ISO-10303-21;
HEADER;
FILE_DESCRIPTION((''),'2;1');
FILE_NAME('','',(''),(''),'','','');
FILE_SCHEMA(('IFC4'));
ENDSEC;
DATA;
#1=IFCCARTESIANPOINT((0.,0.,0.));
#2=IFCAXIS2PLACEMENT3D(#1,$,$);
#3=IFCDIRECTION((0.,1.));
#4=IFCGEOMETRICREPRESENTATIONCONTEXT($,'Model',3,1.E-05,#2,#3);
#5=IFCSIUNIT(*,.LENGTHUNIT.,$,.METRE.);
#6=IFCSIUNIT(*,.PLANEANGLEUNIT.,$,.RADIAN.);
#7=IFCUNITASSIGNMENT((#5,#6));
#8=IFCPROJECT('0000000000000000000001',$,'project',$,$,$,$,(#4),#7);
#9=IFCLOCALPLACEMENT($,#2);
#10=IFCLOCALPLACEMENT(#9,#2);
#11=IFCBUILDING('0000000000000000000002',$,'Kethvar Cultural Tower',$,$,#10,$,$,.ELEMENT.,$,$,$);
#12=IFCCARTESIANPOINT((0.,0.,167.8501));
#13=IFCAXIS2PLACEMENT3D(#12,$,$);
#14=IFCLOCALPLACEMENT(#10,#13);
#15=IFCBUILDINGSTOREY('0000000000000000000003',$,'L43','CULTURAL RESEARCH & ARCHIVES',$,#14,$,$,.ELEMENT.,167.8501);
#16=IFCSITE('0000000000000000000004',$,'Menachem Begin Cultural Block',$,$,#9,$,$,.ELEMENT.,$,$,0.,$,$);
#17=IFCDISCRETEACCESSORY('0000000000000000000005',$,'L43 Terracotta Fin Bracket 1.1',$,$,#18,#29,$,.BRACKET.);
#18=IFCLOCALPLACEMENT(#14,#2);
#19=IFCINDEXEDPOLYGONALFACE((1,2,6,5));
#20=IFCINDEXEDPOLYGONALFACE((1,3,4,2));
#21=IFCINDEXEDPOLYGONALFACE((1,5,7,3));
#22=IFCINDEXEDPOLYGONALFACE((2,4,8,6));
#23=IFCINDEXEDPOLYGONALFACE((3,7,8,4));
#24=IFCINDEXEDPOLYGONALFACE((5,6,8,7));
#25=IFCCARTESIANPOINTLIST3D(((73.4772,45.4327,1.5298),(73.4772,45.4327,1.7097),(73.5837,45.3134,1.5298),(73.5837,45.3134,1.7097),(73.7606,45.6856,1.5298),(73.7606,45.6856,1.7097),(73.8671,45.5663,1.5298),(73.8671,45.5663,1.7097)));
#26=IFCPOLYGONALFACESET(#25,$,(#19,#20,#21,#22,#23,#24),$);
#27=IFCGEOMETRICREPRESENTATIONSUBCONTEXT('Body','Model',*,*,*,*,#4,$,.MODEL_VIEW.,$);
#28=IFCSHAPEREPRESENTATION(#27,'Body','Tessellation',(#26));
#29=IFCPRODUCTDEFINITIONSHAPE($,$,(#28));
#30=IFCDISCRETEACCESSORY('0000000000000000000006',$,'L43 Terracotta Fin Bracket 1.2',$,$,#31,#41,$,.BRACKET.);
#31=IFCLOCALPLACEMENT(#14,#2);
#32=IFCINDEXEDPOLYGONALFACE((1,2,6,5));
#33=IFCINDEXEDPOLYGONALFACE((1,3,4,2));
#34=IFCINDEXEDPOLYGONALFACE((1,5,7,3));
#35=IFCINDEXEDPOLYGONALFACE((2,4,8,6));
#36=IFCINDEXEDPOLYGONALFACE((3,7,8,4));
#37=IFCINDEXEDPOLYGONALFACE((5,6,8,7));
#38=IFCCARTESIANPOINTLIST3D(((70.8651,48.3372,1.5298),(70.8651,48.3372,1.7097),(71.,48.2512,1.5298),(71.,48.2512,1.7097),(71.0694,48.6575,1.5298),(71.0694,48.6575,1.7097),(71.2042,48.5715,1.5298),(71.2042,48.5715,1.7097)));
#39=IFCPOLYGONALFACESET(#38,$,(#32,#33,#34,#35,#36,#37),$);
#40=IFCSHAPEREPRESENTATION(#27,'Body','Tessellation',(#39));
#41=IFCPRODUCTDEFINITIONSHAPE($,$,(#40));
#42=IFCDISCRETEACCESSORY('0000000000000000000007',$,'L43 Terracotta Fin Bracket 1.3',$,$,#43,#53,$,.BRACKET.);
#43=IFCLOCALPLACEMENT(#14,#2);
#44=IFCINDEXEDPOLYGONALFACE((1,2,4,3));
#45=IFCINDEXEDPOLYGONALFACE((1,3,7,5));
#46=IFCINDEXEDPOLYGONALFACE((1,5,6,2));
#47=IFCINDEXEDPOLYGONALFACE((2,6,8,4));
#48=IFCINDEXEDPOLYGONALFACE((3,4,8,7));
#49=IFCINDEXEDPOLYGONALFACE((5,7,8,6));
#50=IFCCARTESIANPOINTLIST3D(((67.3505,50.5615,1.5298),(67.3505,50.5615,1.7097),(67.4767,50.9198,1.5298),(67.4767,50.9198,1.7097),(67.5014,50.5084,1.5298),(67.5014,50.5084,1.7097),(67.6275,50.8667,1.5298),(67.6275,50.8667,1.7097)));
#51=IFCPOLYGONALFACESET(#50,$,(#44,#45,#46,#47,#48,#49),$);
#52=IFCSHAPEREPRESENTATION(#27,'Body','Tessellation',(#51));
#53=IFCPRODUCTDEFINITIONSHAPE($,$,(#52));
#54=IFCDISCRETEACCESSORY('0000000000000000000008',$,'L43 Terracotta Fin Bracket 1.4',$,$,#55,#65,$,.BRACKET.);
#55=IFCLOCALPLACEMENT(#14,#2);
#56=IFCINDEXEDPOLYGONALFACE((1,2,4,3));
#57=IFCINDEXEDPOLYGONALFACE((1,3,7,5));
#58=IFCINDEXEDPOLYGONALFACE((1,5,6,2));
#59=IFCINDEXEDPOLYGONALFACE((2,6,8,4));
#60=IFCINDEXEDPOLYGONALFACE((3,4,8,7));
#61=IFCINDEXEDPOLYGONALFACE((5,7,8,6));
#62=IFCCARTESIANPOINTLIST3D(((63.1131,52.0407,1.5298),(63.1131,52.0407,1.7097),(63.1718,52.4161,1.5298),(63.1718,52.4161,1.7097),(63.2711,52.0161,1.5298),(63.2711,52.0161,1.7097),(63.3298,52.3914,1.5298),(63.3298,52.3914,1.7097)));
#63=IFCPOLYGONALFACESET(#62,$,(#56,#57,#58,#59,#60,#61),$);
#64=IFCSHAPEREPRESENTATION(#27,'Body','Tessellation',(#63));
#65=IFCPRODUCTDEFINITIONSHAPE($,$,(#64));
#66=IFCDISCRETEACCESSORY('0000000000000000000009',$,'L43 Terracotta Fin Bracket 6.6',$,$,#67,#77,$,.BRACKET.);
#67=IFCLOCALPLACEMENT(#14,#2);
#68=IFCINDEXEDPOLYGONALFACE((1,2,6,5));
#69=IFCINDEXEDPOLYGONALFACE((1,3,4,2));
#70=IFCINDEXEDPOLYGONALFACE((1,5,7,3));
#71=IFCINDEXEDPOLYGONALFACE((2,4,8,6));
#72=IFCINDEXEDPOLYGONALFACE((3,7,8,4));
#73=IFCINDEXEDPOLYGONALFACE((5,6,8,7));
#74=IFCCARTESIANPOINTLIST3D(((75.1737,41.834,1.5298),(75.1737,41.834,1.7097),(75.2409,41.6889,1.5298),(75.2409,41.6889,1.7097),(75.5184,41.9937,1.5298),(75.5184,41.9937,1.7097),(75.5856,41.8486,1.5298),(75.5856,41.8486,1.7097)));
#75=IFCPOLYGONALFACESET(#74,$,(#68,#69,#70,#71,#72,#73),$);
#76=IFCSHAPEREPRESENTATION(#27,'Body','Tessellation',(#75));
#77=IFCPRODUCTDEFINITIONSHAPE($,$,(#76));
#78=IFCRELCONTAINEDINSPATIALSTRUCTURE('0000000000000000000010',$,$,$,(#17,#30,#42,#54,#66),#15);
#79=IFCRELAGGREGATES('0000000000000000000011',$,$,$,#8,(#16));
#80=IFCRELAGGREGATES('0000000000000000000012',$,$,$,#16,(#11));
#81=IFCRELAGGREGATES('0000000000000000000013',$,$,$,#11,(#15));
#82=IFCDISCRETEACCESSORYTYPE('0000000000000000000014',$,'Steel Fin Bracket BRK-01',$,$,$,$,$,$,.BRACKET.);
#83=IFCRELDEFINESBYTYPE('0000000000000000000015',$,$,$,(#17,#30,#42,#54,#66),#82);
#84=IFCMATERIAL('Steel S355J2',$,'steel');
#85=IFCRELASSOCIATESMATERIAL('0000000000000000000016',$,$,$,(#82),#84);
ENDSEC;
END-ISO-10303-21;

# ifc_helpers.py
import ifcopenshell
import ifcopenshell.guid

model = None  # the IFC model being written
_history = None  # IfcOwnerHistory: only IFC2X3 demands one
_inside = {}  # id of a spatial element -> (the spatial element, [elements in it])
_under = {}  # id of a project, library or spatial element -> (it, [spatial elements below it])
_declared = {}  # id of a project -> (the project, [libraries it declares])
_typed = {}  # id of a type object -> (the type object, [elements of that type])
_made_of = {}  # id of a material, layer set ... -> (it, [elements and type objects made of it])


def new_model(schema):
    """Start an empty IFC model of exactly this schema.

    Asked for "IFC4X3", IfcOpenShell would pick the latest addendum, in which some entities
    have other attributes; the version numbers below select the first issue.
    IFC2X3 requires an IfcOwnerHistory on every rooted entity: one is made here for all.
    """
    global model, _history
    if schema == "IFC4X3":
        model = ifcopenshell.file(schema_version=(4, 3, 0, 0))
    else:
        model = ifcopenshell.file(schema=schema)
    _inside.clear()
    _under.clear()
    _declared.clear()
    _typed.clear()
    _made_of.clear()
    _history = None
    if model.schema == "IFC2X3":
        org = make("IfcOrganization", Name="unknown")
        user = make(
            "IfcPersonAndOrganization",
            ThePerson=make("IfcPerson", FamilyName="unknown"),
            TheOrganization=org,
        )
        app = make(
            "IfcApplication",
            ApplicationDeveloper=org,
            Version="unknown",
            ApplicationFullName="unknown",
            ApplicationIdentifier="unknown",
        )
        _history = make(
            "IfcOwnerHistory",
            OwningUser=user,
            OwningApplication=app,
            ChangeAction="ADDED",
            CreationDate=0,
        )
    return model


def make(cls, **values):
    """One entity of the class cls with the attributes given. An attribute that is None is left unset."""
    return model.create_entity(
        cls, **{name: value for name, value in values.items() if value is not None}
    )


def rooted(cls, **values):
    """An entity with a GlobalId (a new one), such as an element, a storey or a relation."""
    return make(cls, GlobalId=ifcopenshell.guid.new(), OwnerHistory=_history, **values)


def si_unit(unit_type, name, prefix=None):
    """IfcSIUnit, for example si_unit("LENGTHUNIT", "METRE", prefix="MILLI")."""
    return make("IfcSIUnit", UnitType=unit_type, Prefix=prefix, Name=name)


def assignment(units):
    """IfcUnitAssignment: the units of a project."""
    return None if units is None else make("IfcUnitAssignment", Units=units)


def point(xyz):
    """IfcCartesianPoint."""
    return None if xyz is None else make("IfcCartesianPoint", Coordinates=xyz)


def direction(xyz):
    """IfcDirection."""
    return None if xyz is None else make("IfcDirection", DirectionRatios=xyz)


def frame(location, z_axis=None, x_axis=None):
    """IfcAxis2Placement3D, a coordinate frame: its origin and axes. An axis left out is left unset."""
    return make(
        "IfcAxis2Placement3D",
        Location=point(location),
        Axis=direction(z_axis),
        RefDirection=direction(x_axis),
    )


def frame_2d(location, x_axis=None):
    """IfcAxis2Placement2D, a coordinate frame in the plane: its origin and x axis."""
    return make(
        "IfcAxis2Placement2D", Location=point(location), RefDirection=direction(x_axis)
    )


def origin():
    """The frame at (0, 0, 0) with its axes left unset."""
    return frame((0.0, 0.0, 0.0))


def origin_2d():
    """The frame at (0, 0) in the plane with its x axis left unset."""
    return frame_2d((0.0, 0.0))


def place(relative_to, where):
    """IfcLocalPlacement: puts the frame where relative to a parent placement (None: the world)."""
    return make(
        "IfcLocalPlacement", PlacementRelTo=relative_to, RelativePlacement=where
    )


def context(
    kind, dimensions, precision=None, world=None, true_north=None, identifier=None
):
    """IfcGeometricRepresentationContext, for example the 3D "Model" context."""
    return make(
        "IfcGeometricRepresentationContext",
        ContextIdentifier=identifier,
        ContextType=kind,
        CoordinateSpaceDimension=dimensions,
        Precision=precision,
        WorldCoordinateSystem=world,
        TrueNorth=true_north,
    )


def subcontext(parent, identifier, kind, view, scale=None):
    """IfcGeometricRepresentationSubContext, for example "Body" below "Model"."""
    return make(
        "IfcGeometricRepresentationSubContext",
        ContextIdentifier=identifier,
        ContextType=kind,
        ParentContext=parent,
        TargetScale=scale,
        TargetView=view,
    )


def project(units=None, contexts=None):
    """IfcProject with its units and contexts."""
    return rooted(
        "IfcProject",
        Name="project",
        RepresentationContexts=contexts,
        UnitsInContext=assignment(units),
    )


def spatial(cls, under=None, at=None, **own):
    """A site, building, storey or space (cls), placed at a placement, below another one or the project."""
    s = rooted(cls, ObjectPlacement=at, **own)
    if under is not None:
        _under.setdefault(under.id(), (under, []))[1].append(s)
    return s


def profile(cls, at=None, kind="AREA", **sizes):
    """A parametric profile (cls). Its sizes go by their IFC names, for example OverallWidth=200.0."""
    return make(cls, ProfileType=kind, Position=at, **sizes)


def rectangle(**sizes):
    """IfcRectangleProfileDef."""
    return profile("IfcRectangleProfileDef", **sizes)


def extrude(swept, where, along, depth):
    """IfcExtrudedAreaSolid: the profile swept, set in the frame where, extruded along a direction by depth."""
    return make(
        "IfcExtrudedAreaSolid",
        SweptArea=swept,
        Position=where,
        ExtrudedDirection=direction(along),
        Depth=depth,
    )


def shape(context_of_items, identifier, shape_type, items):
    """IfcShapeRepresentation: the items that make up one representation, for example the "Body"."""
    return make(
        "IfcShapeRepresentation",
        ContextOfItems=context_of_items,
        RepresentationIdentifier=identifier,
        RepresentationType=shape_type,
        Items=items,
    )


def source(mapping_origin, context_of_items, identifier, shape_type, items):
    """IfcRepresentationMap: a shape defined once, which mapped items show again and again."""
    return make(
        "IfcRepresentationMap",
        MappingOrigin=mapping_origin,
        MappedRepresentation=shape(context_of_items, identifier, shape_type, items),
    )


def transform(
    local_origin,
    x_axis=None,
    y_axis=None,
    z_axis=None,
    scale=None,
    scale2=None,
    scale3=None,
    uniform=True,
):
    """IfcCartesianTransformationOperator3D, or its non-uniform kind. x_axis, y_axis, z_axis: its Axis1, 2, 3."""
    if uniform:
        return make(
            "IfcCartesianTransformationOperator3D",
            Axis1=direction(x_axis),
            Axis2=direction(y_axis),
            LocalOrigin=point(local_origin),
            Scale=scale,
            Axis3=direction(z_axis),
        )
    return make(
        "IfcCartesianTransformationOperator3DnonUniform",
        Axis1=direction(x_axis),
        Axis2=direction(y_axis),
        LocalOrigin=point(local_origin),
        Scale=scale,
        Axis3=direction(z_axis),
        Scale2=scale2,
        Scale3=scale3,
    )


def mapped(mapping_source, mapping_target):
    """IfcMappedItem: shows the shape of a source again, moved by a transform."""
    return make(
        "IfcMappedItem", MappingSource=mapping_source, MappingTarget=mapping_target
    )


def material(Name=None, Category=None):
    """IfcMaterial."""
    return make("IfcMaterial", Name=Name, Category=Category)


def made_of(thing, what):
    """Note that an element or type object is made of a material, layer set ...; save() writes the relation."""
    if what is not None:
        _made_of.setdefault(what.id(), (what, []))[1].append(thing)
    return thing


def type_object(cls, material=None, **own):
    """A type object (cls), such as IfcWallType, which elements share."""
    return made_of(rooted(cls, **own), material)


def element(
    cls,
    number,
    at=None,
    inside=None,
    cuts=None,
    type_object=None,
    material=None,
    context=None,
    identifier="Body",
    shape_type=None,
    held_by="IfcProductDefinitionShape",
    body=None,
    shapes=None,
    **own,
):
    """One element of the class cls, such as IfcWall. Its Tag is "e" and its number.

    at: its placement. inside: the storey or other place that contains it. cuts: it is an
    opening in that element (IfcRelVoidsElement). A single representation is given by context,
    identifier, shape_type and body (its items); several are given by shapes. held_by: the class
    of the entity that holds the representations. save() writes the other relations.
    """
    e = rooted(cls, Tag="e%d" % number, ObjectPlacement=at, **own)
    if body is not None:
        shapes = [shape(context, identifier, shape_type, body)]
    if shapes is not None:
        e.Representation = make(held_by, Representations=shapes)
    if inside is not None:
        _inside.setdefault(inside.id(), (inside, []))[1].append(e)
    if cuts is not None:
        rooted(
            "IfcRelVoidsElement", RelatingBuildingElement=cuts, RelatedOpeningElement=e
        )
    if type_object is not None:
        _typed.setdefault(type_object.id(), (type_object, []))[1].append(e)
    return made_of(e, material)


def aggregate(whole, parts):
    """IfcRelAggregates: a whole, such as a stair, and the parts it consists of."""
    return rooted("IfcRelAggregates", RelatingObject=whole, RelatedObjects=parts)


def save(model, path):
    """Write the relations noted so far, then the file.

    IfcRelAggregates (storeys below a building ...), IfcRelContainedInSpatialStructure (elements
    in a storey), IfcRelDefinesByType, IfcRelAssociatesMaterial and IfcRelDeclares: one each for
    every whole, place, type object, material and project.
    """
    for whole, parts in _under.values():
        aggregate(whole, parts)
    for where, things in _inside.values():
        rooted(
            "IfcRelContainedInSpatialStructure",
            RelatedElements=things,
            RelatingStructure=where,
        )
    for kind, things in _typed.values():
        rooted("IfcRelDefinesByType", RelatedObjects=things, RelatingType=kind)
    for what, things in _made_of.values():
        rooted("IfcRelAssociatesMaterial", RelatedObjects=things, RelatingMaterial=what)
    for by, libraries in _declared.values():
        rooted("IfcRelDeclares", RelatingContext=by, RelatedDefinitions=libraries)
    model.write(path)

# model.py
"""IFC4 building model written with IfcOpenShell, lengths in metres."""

from ifc_helpers import new_model, si_unit, direction, frame, origin, origin_2d, place, context, subcontext, project, spatial, rectangle, extrude, source, transform, mapped, material, type_object, element, save


model = new_model("IFC4")

# Units and contexts
model_context = context("Model", 3, precision=1e-05, world=origin(), true_north=direction((0.0, 1.0)))
body_context = subcontext(model_context, "Body", "Model", "MODEL_VIEW")
ifc_project = project(units=[si_unit("LENGTHUNIT", "METRE"), si_unit("PLANEANGLEUNIT", "RADIAN")], contexts=[model_context])

# Site, building, storey
site_placement = place(None, origin())
site = spatial("IfcSite", under=ifc_project, at=site_placement, Name="Menachem Begin Cultural Block", CompositionType="ELEMENT", RefElevation=0.0)
building_placement = place(site_placement, origin())
building = spatial("IfcBuilding", under=site, at=building_placement, Name="Kethvar Cultural Tower", CompositionType="ELEMENT")
storey_placement = place(building_placement, frame((0.0, 0.0, 167.8501)))
storey = spatial("IfcBuildingStorey", under=building, at=storey_placement, Name="L43", Description="CULTURAL RESEARCH & ARCHIVES", CompositionType="ELEMENT", Elevation=167.8501)

# Shared definitions
ifc_material_1 = material(Name="Steel S355J2", Category="steel")

# Discrete accessories
discrete_accessory_type = type_object("IfcDiscreteAccessoryType", Name="Steel Fin Bracket BRK-01", PredefinedType="BRACKET", material=ifc_material_1)
shared_shape_1 = source(origin(), body_context, "Body", "SweptSolid", [
    extrude(rectangle(XDim=0.3799, YDim=0.1599, at=origin_2d()), origin(), (0.0, 0.0, 1.0), 0.1799),
])
for number, where, z_axis, x_axis, name in (
    (1, (73.6721, 45.4995, 1.5298), (0.0, 0.0, 1.0), (0.746057, 0.665882, 0.0), "L43 Terracotta Fin Bracket 1.1"),
    (2, (71.0347, 48.4543, 1.5298), (0.0, 0.0, 1.0), (0.537594, 0.843204, 0.0), "L43 Terracotta Fin Bracket 1.2"),
    (3, (67.489, 50.7141, 1.5298), (0.0, 0.0, 1.0), (0.331997, 0.943281, 0.0), "L43 Terracotta Fin Bracket 1.3"),
    (4, (63.2214, 52.2161, 1.5298), (0.0, 0.0, 1.0), (0.154366, 0.988014, 0.0), "L43 Terracotta Fin Bracket 1.4"),
    (5, (75.3796, 41.8413, 1.5298), (0.0, 0.0, 1.0), (0.907411, 0.420244, 0.0), "L43 Terracotta Fin Bracket 6.6"),
):
    element("IfcDiscreteAccessory", number, at=place(storey_placement, frame(where, z_axis=z_axis, x_axis=x_axis)), inside=storey, type_object=discrete_accessory_type, Name=name, PredefinedType="BRACKET", context=body_context, shape_type="MappedRepresentation", body=[
        mapped(shared_shape_1, transform((0.0, 0.0, 0.0), scale=1.0)),
    ])

save(model, "model.ifc")
